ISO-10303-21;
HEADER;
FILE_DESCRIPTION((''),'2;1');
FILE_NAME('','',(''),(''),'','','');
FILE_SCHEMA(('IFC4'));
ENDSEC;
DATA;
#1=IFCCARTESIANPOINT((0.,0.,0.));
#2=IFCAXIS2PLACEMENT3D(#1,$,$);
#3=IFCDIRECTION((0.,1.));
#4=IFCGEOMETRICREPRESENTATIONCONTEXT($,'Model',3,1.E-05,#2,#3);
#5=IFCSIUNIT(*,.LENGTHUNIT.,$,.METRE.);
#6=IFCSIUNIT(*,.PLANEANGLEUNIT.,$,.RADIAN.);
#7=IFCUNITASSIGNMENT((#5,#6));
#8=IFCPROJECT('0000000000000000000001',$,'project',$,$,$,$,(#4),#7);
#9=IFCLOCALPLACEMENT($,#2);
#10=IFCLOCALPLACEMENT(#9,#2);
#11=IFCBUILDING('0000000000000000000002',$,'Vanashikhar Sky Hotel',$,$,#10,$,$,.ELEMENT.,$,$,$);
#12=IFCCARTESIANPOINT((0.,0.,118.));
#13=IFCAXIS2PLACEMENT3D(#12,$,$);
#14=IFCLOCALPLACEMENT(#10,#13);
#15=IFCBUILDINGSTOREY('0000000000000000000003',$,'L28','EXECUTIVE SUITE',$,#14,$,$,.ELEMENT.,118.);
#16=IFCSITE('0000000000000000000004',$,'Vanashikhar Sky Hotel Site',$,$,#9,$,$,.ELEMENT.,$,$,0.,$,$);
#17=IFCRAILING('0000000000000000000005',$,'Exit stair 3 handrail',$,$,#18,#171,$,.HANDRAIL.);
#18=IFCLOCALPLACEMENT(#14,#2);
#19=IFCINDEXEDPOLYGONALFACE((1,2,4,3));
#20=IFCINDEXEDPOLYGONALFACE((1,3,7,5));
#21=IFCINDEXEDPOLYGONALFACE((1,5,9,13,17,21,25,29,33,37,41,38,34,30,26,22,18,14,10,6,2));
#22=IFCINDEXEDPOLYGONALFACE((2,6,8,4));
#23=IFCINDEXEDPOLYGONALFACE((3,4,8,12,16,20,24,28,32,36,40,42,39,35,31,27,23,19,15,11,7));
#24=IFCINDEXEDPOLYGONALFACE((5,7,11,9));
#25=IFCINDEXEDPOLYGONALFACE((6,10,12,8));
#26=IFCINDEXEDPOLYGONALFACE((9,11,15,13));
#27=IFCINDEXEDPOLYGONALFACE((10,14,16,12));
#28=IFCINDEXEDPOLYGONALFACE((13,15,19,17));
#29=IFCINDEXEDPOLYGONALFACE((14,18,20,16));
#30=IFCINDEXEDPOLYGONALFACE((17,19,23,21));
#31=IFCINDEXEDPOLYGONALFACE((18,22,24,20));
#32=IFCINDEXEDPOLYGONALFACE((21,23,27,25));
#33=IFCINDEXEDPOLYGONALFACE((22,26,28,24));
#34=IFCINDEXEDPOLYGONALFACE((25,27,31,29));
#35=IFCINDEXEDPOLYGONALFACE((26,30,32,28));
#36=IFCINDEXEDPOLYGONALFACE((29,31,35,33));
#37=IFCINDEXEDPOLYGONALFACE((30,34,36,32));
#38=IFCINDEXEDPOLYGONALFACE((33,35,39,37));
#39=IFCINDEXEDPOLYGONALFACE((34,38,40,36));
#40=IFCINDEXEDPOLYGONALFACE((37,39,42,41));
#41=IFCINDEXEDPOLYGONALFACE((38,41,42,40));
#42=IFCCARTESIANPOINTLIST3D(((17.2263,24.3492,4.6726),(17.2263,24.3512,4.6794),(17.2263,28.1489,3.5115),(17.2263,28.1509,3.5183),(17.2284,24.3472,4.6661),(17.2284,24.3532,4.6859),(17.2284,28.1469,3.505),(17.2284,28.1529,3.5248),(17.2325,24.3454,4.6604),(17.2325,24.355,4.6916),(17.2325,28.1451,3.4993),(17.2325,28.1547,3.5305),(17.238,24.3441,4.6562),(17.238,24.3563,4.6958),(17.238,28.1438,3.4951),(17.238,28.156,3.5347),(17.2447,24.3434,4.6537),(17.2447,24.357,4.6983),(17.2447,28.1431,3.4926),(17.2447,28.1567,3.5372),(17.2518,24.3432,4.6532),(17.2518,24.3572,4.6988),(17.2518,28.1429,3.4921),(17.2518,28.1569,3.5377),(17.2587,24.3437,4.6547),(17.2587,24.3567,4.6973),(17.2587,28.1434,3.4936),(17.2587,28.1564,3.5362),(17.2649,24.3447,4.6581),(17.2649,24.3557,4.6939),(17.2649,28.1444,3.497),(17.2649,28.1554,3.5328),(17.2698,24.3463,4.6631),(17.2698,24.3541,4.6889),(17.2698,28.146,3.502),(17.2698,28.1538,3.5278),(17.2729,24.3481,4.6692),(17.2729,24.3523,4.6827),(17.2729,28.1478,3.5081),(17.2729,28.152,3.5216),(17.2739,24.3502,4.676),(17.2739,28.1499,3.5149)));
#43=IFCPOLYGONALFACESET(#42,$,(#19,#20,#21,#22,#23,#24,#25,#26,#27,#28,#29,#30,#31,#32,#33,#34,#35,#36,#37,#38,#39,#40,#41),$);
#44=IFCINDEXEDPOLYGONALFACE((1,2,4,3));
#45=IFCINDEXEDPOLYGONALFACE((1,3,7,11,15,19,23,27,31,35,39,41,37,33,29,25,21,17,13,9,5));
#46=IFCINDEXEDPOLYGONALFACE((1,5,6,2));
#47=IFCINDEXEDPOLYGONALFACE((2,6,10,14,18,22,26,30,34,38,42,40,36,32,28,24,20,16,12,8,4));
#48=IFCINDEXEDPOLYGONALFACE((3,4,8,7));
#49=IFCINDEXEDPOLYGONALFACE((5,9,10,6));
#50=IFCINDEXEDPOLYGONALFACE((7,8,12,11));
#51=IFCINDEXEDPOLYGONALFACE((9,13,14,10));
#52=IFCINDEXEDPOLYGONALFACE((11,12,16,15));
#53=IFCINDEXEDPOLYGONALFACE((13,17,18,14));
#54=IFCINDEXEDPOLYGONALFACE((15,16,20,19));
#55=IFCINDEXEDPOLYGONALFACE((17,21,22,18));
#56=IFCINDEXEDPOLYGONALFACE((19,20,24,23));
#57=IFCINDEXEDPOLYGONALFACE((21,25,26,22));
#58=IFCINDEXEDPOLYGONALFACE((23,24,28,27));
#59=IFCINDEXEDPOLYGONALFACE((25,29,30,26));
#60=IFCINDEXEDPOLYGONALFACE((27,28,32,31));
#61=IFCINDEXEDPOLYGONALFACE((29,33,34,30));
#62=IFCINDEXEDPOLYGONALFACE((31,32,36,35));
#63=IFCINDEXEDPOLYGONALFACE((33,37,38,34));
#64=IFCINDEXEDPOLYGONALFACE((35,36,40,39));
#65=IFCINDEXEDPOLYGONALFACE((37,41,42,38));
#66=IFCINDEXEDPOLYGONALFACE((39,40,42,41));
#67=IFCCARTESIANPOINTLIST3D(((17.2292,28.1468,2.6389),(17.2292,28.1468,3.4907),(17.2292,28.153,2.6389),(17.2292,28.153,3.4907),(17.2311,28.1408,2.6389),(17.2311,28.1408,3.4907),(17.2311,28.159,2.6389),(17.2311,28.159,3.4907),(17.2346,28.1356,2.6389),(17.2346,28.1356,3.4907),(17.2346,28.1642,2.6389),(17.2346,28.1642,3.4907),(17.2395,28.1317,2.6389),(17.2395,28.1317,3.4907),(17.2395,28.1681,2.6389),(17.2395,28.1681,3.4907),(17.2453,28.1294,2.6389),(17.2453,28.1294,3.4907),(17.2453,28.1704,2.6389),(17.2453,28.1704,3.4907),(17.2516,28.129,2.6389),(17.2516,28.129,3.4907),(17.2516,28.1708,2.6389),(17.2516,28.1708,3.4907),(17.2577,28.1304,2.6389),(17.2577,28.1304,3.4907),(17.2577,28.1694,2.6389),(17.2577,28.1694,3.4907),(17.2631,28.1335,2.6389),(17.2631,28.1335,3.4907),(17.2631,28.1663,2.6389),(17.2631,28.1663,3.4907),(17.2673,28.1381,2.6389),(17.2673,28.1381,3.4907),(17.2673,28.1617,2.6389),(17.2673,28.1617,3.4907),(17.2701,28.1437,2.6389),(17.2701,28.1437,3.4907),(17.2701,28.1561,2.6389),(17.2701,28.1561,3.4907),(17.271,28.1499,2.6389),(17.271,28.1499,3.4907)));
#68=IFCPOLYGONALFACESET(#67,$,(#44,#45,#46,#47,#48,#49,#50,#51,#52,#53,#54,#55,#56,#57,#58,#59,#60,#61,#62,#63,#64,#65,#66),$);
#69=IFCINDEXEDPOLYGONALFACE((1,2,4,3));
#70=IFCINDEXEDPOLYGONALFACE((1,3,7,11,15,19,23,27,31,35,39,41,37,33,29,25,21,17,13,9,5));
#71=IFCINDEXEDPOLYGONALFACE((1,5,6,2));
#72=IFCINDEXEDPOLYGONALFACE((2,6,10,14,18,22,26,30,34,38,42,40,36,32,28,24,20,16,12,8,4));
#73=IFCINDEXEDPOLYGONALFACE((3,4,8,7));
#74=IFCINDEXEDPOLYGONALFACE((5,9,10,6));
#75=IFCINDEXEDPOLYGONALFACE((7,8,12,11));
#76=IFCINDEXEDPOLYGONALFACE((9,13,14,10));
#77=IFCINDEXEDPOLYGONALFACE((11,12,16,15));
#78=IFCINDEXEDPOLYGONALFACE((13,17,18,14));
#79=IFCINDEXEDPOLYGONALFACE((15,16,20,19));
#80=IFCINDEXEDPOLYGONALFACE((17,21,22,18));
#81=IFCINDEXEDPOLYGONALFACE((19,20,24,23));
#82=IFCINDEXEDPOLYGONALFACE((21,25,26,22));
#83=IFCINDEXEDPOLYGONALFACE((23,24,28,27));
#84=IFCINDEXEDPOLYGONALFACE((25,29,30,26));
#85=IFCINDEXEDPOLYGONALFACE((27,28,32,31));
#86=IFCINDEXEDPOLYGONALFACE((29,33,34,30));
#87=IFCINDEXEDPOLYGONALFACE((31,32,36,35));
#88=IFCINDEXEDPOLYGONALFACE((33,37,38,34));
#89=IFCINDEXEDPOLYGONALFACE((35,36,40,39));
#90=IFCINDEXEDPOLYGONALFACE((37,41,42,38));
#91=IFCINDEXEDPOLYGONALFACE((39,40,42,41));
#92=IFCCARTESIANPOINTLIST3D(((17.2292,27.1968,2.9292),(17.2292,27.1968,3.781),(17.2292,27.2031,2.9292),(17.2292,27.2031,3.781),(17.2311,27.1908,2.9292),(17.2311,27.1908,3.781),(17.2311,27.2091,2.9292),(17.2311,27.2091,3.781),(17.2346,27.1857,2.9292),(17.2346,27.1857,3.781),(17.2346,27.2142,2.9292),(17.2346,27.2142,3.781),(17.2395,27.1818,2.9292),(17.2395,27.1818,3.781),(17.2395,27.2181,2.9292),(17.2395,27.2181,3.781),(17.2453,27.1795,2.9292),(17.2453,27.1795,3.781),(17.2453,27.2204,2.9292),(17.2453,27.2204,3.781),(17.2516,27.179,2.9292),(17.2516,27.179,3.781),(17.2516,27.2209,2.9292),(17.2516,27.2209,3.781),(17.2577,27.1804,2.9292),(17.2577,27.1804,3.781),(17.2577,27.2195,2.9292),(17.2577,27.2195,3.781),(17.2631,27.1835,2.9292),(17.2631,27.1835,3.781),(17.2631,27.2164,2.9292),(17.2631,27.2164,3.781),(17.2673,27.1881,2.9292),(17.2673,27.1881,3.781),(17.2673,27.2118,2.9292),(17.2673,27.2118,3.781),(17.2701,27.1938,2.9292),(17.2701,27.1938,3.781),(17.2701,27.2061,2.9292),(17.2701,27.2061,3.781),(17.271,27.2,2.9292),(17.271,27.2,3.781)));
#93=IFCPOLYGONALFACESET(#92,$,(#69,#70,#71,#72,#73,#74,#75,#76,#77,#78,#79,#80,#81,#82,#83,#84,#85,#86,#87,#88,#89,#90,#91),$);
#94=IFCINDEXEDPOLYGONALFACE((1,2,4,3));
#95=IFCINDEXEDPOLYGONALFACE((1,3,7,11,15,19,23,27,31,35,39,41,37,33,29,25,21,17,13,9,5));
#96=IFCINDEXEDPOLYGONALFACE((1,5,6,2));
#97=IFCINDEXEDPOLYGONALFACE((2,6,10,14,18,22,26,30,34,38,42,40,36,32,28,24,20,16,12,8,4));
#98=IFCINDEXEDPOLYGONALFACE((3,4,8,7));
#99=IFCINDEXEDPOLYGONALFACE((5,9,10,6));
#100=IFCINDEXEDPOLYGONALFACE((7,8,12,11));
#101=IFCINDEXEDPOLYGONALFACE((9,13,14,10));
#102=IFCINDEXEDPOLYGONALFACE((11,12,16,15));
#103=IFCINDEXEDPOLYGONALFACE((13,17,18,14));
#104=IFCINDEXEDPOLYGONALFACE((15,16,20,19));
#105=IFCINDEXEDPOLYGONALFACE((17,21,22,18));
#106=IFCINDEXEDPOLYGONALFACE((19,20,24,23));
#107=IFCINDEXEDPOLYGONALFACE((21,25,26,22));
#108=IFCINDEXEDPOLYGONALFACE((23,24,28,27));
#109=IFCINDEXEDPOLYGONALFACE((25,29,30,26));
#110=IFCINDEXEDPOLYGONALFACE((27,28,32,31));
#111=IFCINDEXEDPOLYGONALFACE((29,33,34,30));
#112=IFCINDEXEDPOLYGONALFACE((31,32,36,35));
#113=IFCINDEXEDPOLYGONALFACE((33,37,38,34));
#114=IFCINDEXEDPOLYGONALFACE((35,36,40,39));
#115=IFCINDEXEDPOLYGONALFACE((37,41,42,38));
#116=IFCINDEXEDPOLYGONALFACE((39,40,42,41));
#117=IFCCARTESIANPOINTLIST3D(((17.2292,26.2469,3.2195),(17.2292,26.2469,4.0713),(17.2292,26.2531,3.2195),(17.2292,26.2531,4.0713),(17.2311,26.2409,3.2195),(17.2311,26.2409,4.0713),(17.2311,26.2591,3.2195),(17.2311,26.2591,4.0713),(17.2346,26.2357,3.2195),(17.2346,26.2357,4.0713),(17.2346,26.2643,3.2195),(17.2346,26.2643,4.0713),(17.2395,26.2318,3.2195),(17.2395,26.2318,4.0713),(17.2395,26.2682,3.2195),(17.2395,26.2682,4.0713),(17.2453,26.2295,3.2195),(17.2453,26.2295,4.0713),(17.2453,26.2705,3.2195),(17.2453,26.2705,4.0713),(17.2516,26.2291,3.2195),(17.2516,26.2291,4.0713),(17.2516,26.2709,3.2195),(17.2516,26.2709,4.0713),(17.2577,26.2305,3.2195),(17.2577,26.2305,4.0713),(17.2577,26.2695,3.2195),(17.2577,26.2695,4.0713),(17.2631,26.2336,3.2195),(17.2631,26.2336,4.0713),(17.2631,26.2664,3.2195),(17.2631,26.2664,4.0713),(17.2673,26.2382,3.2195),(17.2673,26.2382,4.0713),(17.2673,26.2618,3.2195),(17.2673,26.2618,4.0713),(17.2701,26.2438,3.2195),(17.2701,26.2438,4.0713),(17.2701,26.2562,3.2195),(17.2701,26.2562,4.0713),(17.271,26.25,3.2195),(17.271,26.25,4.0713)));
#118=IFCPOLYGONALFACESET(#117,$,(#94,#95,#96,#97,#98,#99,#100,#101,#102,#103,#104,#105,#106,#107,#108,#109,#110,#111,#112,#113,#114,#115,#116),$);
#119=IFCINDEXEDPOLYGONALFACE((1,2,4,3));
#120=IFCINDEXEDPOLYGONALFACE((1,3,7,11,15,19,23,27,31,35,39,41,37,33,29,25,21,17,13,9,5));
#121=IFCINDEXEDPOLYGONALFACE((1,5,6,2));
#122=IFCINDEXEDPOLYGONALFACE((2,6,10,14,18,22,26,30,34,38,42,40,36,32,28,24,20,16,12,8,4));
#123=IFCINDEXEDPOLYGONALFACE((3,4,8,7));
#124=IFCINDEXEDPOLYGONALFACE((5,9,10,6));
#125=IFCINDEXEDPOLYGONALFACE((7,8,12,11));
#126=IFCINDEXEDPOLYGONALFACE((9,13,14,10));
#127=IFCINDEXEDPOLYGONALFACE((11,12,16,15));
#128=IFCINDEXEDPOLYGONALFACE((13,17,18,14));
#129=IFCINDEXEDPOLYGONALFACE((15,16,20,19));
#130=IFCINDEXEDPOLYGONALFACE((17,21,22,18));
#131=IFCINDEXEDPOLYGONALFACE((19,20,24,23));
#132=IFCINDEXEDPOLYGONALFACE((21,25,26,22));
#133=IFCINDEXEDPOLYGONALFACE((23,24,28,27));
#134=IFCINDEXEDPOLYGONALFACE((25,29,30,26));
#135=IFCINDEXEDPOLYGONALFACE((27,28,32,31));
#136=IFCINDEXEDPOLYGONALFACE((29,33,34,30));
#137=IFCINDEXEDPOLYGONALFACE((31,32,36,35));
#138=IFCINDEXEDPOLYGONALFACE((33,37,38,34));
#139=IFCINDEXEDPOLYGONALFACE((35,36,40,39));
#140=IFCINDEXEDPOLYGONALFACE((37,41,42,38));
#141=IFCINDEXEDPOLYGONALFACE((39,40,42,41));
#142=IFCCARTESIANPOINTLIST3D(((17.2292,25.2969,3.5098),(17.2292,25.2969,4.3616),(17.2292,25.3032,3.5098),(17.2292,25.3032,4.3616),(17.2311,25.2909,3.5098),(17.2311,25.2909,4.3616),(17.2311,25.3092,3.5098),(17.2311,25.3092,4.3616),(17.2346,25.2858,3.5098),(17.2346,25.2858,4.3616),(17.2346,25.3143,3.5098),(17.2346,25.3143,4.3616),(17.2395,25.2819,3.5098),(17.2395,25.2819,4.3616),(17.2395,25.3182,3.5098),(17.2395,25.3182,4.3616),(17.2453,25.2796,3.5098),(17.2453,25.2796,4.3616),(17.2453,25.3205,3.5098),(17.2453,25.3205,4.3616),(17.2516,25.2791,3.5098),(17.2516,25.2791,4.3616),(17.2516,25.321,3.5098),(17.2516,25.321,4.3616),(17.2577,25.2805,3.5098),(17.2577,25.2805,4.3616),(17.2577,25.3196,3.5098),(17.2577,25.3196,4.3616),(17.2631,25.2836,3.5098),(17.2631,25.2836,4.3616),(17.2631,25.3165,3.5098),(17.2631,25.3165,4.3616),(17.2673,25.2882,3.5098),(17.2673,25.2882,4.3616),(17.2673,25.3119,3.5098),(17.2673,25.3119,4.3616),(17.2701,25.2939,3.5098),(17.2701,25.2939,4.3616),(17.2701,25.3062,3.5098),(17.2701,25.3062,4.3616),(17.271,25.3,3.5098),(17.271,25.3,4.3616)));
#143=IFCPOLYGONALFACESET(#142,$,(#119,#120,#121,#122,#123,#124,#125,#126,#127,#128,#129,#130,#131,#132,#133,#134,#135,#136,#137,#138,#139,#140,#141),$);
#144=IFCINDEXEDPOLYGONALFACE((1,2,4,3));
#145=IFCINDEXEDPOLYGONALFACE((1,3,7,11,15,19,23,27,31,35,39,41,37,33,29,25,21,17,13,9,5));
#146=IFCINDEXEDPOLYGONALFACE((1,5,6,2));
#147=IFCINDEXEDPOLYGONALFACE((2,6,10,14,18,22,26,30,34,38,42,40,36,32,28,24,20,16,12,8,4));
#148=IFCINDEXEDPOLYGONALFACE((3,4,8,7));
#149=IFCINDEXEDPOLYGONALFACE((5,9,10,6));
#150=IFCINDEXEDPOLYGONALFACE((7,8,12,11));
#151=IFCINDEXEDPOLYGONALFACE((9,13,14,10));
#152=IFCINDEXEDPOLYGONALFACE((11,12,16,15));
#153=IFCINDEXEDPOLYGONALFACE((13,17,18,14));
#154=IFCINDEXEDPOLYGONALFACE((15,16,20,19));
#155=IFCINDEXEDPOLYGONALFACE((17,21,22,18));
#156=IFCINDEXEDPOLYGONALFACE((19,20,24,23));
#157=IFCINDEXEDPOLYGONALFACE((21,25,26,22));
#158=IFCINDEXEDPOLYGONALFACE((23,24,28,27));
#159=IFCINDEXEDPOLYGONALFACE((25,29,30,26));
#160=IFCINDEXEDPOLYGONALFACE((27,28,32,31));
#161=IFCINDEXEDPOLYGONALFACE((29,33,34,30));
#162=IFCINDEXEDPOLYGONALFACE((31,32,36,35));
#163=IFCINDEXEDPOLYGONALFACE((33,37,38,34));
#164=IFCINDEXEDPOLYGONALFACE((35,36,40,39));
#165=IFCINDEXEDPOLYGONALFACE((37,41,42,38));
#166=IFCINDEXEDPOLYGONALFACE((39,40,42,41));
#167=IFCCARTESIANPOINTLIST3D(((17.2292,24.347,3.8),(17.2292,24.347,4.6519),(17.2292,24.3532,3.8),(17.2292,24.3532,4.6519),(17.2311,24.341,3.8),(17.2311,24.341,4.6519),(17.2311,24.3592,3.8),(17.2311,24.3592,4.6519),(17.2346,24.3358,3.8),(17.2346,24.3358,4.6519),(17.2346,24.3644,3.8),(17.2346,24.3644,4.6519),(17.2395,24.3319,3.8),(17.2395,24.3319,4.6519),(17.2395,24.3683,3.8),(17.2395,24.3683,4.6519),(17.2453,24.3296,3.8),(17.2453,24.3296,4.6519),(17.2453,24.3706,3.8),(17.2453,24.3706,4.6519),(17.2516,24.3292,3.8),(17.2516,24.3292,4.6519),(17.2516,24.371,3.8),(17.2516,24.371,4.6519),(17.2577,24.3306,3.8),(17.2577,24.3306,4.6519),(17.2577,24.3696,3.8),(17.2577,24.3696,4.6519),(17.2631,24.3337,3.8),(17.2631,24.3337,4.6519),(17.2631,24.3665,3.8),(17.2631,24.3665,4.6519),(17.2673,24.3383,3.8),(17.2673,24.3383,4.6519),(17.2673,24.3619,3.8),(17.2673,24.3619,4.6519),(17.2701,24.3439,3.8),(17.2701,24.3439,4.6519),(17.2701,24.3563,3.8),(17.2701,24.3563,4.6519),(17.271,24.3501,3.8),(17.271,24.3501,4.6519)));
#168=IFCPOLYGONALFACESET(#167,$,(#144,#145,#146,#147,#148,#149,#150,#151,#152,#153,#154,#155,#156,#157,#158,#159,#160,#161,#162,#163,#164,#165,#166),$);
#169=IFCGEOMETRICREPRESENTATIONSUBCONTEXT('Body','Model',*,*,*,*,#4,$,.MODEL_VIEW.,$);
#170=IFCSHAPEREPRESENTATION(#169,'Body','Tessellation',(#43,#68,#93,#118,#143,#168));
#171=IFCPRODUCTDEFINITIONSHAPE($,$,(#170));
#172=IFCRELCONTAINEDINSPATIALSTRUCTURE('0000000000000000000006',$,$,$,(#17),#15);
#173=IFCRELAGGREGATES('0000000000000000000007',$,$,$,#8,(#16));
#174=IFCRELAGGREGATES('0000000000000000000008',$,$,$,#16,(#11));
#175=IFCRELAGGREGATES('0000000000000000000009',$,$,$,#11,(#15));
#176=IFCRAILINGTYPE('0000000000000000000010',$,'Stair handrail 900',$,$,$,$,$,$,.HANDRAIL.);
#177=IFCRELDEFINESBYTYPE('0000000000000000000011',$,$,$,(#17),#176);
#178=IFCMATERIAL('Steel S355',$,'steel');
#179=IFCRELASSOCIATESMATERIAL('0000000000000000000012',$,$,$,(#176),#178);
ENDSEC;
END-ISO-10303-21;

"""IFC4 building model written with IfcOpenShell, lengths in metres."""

from ifc_helpers import new_model, si_unit, direction, frame, origin, origin_2d, place, context, subcontext, project, spatial, circle, extrude, source, transform, mapped, material, type_object, element, save


model = new_model("IFC4")

# Units and contexts
model_context = context("Model", 3, precision=1e-05, world=origin(), true_north=direction((0.0, 1.0)))
body_context = subcontext(model_context, "Body", "Model", "MODEL_VIEW")
ifc_project = project(units=[si_unit("LENGTHUNIT", "METRE"), si_unit("PLANEANGLEUNIT", "RADIAN")], contexts=[model_context])

# Site, building, storey
site_placement = place(None, origin())
site = spatial("IfcSite", under=ifc_project, at=site_placement, Name="Vanashikhar Sky Hotel Site", CompositionType="ELEMENT", RefElevation=0.0)
building_placement = place(site_placement, origin())
building = spatial("IfcBuilding", under=site, at=building_placement, Name="Vanashikhar Sky Hotel", CompositionType="ELEMENT")
storey_placement = place(building_placement, frame((0.0, 0.0, 118.0)))
storey = spatial("IfcBuildingStorey", under=building, at=storey_placement, Name="L28", Description="EXECUTIVE SUITE", CompositionType="ELEMENT", Elevation=118.0)

# Railing
ifc_material_1 = material(Name="Steel S355", Category="steel")
railing_type = type_object("IfcRailingType", Name="Stair handrail 900", PredefinedType="HANDRAIL", material=ifc_material_1)
shared_shape_1 = source(origin(), body_context, "Body", "SweptSolid", [
    extrude(circle(Radius=0.0239, at=origin_2d()), frame((0.0, 0.0, 0.876), z_axis=(0.0, -0.956346, 0.292237), x_axis=(1.0, 0.0, 0.0)), (0.0, 0.0, 1.0), 3.9731),
    extrude(circle(Radius=0.021, at=origin_2d()), origin(), (0.0, 0.0, 1.0), 0.8518),
    extrude(circle(Radius=0.021, at=origin_2d()), frame((0.0, -0.95, 0.2903)), (0.0, 0.0, 1.0), 0.8518),
    extrude(circle(Radius=0.021, at=origin_2d()), frame((0.0, -1.8999, 0.5806)), (0.0, 0.0, 1.0), 0.8518),
    extrude(circle(Radius=0.021, at=origin_2d()), frame((0.0, -2.8499, 0.8708)), (0.0, 0.0, 1.0), 0.8518),
    extrude(circle(Radius=0.021, at=origin_2d()), frame((0.0, -3.7998, 1.1611)), (0.0, 0.0, 1.0), 0.8518),
])
for number, where, name in (
    (1, (17.25, 28.1499, 2.6389), "Exit stair 3 handrail"),
):
    element("IfcRailing", number, at=place(storey_placement, frame(where)), inside=storey, type_object=railing_type, Name=name, PredefinedType="HANDRAIL", context=body_context, shape_type="MappedRepresentation", body=[
        mapped(shared_shape_1, transform((0.0, 0.0, 0.0), scale=1.0)),
    ])

save(model, "model.ifc")
